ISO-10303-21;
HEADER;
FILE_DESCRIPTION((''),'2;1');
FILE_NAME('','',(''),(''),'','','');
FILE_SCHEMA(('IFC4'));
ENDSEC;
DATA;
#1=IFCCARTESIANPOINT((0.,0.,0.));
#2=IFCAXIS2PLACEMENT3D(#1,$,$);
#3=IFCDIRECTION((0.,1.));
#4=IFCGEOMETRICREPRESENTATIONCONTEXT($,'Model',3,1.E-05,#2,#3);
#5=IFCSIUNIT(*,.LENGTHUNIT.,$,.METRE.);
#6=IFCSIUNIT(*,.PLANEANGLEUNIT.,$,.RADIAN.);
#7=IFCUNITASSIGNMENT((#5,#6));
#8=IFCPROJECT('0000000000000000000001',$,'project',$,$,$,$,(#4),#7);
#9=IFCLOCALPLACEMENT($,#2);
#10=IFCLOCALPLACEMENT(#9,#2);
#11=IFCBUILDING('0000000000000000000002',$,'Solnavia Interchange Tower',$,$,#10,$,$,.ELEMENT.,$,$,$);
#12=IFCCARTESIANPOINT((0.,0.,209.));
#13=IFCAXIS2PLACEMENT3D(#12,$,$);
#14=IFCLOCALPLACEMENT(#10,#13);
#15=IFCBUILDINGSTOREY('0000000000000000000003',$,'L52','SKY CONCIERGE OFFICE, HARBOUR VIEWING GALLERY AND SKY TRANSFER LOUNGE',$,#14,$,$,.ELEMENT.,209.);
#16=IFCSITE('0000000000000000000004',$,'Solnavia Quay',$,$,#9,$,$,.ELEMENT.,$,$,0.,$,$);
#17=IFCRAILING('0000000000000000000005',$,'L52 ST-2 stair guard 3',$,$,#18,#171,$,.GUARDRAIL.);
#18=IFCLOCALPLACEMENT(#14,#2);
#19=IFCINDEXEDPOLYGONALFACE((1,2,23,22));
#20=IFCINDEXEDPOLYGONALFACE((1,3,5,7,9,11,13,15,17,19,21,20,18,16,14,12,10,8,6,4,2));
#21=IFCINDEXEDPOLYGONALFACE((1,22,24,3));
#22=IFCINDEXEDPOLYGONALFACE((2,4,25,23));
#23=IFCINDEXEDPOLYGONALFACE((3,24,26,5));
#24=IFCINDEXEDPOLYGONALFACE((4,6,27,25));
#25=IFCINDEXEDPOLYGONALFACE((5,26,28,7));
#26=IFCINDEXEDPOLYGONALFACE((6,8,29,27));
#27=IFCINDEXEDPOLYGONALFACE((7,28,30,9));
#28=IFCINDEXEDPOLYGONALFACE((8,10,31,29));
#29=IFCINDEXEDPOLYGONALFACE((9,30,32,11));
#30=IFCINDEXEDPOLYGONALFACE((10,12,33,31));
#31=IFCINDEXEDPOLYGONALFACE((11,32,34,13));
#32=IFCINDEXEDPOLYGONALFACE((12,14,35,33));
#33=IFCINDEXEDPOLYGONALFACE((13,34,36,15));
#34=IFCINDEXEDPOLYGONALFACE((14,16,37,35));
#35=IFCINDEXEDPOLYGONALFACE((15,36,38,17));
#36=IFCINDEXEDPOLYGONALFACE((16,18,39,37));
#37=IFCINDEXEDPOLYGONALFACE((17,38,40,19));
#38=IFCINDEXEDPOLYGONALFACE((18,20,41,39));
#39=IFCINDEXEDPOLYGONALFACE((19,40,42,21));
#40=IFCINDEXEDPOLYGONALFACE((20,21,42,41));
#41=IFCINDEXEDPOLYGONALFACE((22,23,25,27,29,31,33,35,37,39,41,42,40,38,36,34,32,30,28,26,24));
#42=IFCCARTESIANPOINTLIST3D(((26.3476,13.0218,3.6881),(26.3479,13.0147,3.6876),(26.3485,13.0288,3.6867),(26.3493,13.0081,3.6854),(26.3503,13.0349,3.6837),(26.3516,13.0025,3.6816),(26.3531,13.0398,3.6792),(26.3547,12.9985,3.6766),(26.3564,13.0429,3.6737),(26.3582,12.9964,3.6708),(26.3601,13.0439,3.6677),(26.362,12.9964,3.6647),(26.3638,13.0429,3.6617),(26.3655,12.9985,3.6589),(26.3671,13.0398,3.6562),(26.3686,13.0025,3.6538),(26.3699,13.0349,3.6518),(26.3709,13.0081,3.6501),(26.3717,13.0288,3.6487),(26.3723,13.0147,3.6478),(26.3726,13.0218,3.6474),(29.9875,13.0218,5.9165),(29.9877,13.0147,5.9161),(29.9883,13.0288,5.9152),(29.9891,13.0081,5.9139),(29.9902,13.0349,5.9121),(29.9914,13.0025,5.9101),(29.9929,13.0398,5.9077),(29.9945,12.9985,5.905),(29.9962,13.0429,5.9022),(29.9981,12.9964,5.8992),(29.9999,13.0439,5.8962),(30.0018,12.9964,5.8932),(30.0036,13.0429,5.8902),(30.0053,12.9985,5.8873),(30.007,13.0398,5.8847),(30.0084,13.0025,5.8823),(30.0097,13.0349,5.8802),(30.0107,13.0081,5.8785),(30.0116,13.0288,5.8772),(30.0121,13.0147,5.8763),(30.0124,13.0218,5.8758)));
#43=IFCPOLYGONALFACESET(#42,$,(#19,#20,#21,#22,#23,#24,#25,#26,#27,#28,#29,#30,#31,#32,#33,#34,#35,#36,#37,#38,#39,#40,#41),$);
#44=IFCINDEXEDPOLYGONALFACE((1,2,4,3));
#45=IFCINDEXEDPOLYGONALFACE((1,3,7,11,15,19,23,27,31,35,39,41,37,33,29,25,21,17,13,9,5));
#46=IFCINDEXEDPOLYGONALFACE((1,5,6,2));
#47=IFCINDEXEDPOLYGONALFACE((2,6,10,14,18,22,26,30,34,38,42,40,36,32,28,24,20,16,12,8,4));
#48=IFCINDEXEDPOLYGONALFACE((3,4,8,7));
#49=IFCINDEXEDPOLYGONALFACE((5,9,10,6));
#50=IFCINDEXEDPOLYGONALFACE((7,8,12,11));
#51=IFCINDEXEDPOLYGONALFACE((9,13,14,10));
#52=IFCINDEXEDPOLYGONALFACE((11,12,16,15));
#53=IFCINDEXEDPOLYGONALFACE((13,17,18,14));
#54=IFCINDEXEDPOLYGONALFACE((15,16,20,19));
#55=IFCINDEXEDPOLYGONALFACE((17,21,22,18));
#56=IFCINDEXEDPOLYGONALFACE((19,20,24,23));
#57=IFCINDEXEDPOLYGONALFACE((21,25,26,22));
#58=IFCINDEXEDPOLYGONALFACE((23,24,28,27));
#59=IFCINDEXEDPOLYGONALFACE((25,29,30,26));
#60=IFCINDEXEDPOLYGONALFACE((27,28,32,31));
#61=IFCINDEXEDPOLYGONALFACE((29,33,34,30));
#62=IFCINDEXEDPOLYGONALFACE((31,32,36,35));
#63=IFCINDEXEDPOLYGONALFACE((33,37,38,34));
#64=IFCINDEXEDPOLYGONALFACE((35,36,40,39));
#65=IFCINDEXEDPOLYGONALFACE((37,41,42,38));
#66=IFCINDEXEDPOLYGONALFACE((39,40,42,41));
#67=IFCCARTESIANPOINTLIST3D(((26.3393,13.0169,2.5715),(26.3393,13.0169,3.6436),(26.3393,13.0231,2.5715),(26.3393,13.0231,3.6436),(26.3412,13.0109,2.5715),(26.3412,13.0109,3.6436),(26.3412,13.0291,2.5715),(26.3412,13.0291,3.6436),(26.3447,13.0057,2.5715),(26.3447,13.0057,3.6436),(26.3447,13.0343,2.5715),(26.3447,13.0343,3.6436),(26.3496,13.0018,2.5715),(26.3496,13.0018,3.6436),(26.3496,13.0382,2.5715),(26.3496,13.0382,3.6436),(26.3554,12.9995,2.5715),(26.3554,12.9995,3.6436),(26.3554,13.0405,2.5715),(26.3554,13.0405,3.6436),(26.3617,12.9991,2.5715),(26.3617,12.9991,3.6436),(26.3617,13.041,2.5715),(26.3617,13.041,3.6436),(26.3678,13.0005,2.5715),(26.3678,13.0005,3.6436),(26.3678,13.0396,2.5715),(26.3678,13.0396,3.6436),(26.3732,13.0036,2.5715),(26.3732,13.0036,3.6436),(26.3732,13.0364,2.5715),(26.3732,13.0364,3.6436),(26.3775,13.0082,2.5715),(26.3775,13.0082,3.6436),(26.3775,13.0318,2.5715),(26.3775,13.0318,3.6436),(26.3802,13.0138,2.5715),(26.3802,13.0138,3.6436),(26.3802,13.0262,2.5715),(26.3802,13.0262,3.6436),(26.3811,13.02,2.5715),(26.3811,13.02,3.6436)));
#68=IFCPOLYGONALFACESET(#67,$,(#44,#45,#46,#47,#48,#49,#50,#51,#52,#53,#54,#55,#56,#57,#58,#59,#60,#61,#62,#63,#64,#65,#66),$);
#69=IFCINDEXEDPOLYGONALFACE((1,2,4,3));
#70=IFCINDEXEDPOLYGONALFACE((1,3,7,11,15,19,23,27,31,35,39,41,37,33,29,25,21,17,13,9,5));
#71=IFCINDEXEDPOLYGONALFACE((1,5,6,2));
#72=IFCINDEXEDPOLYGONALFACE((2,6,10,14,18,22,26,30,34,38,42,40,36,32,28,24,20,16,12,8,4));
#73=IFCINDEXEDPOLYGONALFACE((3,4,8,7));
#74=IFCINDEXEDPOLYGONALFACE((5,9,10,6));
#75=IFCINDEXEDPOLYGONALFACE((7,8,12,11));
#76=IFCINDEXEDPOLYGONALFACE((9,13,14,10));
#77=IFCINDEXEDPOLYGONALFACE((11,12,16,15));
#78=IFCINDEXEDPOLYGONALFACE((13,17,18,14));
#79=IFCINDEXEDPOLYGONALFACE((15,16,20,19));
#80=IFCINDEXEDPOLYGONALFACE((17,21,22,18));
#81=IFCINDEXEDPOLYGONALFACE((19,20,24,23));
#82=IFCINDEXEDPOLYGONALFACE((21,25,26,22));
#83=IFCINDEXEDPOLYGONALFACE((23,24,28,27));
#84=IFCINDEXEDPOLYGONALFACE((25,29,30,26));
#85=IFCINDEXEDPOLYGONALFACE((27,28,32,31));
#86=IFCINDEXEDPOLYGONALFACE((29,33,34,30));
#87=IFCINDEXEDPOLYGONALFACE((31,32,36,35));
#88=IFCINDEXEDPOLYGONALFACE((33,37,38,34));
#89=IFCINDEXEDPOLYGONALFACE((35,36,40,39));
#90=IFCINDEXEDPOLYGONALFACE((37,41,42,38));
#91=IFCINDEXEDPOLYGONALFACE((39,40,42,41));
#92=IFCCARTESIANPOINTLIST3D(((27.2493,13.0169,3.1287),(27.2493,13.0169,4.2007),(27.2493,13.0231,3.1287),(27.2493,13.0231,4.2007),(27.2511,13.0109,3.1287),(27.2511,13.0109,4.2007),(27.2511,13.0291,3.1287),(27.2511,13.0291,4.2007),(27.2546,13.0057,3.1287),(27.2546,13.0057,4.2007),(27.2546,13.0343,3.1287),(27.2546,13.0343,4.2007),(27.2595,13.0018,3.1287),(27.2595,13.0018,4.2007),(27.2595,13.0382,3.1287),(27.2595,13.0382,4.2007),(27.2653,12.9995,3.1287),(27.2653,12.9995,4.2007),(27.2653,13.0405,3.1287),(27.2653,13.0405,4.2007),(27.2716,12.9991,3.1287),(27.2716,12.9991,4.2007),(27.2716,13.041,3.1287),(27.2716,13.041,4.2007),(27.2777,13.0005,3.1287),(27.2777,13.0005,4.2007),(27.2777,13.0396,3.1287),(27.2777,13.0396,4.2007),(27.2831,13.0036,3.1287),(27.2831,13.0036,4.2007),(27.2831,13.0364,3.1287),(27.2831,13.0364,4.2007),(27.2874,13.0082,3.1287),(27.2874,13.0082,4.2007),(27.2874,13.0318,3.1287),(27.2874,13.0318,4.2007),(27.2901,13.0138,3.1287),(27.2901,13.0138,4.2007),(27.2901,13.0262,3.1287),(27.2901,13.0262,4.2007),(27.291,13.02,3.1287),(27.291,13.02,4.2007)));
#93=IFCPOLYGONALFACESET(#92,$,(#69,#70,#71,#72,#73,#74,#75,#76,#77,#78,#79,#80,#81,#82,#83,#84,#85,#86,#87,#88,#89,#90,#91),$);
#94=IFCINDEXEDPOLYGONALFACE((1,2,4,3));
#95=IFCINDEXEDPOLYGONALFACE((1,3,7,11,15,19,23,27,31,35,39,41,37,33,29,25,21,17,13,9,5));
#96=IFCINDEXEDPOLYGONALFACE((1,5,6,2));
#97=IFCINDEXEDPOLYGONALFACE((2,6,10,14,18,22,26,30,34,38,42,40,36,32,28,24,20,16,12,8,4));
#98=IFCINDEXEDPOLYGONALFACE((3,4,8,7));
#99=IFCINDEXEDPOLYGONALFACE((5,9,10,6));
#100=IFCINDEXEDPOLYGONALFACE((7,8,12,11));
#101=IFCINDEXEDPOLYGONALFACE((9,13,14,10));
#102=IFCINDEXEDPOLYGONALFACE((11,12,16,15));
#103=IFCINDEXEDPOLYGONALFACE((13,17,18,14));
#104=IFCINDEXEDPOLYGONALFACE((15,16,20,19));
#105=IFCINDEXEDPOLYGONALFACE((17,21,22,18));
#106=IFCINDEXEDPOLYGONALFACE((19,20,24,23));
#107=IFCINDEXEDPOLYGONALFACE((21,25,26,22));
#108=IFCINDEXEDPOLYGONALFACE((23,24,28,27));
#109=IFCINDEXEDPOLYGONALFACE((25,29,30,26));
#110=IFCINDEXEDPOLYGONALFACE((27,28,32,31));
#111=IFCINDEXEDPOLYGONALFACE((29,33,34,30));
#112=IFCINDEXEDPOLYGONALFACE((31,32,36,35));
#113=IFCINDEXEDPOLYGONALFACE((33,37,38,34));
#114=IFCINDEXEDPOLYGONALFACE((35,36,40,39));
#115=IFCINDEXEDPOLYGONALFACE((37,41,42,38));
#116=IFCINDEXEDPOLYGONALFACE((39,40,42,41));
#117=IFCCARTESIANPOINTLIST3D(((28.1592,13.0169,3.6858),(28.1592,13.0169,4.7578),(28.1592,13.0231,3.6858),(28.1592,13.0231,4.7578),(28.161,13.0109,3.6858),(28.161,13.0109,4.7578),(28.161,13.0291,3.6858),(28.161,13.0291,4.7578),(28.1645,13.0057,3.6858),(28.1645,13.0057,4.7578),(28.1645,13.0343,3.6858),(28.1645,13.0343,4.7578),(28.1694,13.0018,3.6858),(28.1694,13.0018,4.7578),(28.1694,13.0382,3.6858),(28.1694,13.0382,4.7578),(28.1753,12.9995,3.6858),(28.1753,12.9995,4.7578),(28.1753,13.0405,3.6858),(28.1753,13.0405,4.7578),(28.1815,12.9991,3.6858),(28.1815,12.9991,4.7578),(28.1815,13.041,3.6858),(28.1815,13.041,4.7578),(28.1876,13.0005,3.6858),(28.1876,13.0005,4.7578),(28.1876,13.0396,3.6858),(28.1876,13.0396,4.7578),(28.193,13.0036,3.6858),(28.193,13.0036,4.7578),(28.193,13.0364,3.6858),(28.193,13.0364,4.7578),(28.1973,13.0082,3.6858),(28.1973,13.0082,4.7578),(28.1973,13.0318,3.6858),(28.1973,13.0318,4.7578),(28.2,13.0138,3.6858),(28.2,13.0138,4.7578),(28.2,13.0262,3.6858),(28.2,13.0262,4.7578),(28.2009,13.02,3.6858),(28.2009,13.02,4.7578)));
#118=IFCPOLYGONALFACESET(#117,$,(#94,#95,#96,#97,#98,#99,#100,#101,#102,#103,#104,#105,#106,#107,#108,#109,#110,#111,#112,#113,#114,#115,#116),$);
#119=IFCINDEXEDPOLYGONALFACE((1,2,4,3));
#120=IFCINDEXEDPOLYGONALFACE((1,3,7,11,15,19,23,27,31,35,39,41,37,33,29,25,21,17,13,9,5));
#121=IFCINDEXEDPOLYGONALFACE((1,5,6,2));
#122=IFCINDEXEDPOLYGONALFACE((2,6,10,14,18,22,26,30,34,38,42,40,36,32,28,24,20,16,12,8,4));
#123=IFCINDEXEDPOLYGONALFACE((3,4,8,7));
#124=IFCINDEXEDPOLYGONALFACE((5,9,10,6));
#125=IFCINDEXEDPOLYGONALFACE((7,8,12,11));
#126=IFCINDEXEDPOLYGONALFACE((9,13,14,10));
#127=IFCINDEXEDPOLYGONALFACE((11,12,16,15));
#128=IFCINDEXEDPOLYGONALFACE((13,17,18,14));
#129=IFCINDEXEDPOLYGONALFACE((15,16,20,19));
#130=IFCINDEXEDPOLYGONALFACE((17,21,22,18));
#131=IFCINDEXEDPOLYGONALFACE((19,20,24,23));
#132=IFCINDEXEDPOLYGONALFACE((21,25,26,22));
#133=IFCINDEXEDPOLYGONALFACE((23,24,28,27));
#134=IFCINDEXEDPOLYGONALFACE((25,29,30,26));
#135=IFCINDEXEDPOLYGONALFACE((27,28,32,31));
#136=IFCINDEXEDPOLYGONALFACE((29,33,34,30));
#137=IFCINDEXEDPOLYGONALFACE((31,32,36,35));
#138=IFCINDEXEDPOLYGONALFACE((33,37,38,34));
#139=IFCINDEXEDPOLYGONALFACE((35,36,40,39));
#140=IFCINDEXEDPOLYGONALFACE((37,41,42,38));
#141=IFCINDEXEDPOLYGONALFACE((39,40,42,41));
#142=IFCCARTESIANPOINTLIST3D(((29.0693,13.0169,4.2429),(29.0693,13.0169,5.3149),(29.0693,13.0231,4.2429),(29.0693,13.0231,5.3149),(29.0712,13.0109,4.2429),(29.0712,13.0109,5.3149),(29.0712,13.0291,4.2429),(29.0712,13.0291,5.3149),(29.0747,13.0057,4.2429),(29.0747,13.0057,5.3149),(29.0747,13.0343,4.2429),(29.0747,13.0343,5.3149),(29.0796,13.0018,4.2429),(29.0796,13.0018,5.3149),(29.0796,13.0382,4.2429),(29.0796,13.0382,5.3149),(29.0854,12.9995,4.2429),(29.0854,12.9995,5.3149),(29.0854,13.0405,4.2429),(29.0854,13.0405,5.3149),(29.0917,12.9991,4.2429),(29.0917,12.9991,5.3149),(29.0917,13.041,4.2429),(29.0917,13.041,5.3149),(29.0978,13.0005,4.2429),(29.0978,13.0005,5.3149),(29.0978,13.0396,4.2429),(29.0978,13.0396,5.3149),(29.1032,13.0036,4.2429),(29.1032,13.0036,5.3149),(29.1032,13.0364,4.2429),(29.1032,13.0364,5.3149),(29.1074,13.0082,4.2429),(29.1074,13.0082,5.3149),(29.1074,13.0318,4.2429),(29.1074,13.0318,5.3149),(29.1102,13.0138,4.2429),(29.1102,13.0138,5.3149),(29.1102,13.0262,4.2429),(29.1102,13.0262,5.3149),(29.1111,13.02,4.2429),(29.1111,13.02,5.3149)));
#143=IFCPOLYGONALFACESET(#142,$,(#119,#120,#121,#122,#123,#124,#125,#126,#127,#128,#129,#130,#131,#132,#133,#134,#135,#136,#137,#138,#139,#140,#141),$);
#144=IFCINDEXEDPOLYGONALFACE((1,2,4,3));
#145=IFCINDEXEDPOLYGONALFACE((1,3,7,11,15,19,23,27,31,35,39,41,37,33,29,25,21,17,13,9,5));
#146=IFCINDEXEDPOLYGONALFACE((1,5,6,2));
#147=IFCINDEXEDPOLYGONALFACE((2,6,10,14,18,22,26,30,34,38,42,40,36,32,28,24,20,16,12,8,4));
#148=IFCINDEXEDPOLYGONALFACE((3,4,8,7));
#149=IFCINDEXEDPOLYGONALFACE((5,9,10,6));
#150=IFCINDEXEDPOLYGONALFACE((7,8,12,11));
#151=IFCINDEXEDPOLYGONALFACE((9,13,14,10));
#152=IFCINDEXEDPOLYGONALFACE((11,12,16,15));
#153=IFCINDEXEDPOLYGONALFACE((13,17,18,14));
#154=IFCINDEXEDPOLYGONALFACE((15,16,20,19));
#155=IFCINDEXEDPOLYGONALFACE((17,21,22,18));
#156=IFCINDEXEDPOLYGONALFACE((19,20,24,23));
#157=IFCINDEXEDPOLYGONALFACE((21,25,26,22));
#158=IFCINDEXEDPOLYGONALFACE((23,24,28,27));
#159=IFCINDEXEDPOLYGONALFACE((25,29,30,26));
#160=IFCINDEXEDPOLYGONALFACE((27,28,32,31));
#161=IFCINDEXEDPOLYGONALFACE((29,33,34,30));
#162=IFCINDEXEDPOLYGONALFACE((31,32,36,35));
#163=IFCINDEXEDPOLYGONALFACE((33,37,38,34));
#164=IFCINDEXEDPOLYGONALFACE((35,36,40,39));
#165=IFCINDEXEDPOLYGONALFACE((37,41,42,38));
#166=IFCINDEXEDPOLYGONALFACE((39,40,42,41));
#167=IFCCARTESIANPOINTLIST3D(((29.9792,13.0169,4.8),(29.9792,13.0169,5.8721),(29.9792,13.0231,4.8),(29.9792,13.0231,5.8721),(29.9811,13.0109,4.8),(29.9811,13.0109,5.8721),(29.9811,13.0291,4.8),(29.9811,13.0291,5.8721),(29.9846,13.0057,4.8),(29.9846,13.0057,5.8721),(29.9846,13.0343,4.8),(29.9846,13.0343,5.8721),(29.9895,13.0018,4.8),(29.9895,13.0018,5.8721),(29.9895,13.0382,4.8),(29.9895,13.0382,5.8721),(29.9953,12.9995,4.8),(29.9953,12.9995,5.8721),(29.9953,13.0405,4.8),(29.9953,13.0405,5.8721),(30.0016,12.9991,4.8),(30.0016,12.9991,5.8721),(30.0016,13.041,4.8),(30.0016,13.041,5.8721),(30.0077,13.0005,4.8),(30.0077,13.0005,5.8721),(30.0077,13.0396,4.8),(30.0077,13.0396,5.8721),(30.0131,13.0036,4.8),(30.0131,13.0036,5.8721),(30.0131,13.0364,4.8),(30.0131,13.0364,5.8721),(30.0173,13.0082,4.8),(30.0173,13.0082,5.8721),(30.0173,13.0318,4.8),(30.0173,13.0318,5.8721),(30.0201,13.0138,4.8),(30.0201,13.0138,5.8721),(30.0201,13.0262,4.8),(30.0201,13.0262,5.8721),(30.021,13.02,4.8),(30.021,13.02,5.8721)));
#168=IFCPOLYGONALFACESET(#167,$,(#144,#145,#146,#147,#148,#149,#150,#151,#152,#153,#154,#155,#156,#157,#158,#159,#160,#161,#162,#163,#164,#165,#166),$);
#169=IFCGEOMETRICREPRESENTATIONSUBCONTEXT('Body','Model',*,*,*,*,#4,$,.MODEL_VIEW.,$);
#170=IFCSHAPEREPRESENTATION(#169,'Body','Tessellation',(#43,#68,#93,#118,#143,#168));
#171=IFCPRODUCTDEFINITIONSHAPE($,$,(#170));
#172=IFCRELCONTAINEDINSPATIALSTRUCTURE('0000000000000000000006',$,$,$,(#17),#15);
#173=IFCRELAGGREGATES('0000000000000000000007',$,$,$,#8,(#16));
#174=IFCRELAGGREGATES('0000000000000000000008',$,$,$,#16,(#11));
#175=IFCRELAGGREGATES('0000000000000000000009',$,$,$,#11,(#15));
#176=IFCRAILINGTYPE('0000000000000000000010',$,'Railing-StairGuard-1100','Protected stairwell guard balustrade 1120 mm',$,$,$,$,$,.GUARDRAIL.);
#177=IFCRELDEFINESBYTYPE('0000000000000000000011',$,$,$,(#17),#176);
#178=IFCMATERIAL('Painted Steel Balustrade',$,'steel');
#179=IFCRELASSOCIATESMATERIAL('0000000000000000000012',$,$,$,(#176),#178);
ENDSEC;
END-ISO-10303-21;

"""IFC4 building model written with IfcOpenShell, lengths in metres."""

from ifc_helpers import new_model, si_unit, direction, frame, origin, origin_2d, place, context, subcontext, project, spatial, circle, extrude, material, type_object, element, save


model = new_model("IFC4")

# Units and contexts
model_context = context("Model", 3, precision=1e-05, world=origin(), true_north=direction((0.0, 1.0)))
body_context = subcontext(model_context, "Body", "Model", "MODEL_VIEW")
ifc_project = project(units=[si_unit("LENGTHUNIT", "METRE"), si_unit("PLANEANGLEUNIT", "RADIAN")], contexts=[model_context])

# Site, building, storey
site_placement = place(None, origin())
site = spatial("IfcSite", under=ifc_project, at=site_placement, Name="Solnavia Quay", CompositionType="ELEMENT", RefElevation=0.0)
building_placement = place(site_placement, origin())
building = spatial("IfcBuilding", under=site, at=building_placement, Name="Solnavia Interchange Tower", CompositionType="ELEMENT")
storey_placement = place(building_placement, frame((0.0, 0.0, 209.0)))
storey = spatial("IfcBuildingStorey", under=building, at=storey_placement, Name="L52", Description="SKY CONCIERGE OFFICE, HARBOUR VIEWING GALLERY AND SKY TRANSFER LOUNGE", CompositionType="ELEMENT", Elevation=209.0)

# Railing
ifc_material_1 = material(Name="Painted Steel Balustrade", Category="steel")
railing_type_1 = type_object("IfcRailingType", Name="Railing-StairGuard-1100", Description="Protected stairwell guard balustrade 1120 mm", PredefinedType="GUARDRAIL", material=ifc_material_1)
railing_1_placement = place(storey_placement, frame((26.3601, 13.02, 2.5715)))
element("IfcRailing", 1, at=railing_1_placement, inside=storey, type_object=railing_type_1, Name="L52 ST-2 stair guard 3", PredefinedType="GUARDRAIL", context=body_context, shape_type="SweptSolid", body=[
    extrude(circle(Radius=0.0239, at=origin_2d()), frame((0.0, 0.0, 1.0962), z_axis=(0.85285, 0.0, 0.522156), x_axis=(0.0, 1.0, 0.0)), (0.0, 0.0, 1.0), 4.2678),
    extrude(circle(Radius=0.021, at=origin_2d()), origin(), (0.0, 0.0, 1.0), 1.072),
    extrude(circle(Radius=0.021, at=origin_2d()), frame((0.9099, 0.0, 0.5571)), (0.0, 0.0, 1.0), 1.072),
    extrude(circle(Radius=0.021, at=origin_2d()), frame((1.8198, 0.0, 1.1143)), (0.0, 0.0, 1.0), 1.072),
    extrude(circle(Radius=0.021, at=origin_2d()), frame((2.73, 0.0, 1.6714)), (0.0, 0.0, 1.0), 1.072),
    extrude(circle(Radius=0.021, at=origin_2d()), frame((3.6399, 0.0, 2.2285)), (0.0, 0.0, 1.0), 1.072),
])

save(model, "model.ifc")
